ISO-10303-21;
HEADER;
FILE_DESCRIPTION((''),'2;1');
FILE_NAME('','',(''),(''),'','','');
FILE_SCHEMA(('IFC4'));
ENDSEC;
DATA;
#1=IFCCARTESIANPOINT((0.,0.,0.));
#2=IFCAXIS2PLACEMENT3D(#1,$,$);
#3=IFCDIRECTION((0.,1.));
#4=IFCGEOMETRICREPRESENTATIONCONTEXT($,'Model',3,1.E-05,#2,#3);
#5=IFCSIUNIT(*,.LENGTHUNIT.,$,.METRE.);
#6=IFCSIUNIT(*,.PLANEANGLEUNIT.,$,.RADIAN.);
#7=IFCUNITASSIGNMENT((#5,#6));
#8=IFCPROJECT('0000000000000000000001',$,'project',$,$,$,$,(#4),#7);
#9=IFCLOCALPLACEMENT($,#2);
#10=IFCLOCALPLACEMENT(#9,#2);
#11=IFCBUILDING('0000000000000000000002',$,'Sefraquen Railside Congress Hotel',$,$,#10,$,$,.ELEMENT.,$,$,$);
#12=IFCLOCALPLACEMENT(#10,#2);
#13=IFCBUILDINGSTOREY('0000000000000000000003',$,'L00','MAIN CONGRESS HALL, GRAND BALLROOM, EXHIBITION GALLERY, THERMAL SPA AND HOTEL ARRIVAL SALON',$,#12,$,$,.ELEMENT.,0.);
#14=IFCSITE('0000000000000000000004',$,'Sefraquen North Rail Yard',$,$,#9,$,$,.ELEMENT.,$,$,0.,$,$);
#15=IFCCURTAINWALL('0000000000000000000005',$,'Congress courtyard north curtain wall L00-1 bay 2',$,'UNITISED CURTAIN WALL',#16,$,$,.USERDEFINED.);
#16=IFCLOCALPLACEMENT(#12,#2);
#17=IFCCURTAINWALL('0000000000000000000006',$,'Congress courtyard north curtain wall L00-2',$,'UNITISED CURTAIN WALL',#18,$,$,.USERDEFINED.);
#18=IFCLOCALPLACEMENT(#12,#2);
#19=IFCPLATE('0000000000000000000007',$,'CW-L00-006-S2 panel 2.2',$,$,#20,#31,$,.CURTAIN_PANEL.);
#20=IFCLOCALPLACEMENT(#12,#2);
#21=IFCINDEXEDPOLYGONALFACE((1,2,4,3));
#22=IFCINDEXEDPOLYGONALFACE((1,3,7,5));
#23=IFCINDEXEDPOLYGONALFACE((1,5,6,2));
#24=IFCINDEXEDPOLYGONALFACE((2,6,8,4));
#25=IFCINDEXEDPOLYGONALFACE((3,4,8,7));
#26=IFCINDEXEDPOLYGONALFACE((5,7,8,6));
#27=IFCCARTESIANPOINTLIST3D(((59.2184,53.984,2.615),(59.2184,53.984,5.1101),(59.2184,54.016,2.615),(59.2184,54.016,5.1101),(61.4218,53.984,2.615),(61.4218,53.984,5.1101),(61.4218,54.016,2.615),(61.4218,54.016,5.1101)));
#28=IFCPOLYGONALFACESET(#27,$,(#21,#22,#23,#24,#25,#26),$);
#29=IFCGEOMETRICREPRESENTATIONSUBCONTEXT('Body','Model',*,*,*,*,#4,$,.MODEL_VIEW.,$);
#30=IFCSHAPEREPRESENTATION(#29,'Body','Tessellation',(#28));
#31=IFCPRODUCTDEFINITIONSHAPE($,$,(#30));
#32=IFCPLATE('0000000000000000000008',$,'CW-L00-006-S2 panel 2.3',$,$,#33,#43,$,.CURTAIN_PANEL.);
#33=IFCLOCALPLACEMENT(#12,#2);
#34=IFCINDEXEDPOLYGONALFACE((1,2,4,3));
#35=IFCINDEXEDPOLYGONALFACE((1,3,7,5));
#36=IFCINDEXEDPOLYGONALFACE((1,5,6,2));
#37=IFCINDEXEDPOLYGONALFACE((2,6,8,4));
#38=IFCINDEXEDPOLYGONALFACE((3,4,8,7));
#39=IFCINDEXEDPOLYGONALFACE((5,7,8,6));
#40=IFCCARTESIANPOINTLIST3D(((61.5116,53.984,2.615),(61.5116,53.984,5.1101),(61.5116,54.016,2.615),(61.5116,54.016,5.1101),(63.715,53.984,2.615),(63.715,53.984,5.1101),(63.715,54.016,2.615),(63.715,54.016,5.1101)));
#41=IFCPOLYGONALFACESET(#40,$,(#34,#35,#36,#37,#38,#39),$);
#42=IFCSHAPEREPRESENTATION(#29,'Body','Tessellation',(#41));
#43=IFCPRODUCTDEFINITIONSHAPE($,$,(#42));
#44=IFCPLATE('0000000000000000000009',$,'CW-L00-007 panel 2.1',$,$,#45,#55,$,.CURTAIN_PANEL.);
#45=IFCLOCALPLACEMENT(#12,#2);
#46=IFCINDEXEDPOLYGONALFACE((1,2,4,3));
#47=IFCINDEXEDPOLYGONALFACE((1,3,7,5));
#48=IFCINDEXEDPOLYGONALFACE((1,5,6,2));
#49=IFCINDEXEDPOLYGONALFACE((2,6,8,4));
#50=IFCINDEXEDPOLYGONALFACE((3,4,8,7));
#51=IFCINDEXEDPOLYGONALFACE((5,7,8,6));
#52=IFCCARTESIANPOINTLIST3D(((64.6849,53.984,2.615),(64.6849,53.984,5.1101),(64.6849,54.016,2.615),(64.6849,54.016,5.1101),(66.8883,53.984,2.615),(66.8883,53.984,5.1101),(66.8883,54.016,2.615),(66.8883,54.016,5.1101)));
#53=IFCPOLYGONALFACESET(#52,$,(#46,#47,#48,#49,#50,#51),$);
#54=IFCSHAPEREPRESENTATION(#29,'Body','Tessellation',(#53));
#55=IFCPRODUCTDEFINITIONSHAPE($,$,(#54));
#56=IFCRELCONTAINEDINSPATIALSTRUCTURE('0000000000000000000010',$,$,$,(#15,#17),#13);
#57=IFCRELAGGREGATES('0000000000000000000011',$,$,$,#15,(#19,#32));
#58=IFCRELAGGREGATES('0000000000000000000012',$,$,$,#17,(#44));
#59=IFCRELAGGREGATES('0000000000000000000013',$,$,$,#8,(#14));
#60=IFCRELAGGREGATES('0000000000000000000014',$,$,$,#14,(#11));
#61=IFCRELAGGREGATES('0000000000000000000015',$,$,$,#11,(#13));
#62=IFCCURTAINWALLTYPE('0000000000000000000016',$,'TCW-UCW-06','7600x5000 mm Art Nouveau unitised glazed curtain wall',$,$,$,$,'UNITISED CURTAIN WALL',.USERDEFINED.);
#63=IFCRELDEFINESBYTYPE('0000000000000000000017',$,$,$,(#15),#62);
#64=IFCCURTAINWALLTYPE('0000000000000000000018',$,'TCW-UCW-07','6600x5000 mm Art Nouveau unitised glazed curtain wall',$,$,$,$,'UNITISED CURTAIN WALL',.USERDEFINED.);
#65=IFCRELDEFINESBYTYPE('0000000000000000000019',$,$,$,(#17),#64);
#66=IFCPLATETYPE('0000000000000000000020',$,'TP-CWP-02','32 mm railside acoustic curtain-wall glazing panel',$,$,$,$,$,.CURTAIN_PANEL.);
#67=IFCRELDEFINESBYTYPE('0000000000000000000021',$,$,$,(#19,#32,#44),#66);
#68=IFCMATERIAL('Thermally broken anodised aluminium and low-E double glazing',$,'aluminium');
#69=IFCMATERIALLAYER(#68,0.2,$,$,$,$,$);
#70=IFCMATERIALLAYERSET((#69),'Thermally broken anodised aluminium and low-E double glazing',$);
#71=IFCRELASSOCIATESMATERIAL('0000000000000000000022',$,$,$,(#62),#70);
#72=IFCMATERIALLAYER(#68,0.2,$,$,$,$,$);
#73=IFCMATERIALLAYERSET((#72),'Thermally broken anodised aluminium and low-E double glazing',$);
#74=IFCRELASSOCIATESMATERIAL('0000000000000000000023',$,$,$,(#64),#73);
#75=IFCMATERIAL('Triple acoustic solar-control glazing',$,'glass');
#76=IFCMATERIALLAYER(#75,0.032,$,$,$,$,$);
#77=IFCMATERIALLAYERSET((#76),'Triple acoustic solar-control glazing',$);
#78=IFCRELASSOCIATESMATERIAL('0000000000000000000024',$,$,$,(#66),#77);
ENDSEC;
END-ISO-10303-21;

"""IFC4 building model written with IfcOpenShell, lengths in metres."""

from ifc_helpers import new_model, si_unit, direction, frame, origin, origin_2d, place, context, subcontext, project, spatial, rectangle, extrude, material, layer, layer_set, type_object, element, aggregate, save


model = new_model("IFC4")

# Units and contexts
model_context = context("Model", 3, precision=1e-05, world=origin(), true_north=direction((0.0, 1.0)))
body_context = subcontext(model_context, "Body", "Model", "MODEL_VIEW")
ifc_project = project(units=[si_unit("LENGTHUNIT", "METRE"), si_unit("PLANEANGLEUNIT", "RADIAN")], contexts=[model_context])

# Site, building, storey
site_placement = place(None, origin())
site = spatial("IfcSite", under=ifc_project, at=site_placement, Name="Sefraquen North Rail Yard", CompositionType="ELEMENT", RefElevation=0.0)
building_placement = place(site_placement, origin())
building = spatial("IfcBuilding", under=site, at=building_placement, Name="Sefraquen Railside Congress Hotel", CompositionType="ELEMENT")
storey_placement = place(building_placement, origin())
storey = spatial("IfcBuildingStorey", under=building, at=storey_placement, Name="L00", Description="MAIN CONGRESS HALL, GRAND BALLROOM, EXHIBITION GALLERY, THERMAL SPA AND HOTEL ARRIVAL SALON", CompositionType="ELEMENT", Elevation=0.0)

# Curtain wall
ifc_material_1 = material(Name="Thermally broken anodised aluminium and low-E double glazing", Category="aluminium")
ifc_layer_1 = layer(ifc_material_1, 0.2)
ifc_layer_set_1 = layer_set([ifc_layer_1], Name="Thermally broken anodised aluminium and low-E double glazing")
curtain_wall_type_1 = type_object("IfcCurtainWallType", Name="TCW-UCW-06", Description="7600x5000 mm Art Nouveau unitised glazed curtain wall", ElementType="UNITISED CURTAIN WALL", PredefinedType="USERDEFINED", material=ifc_layer_set_1)
curtain_wall_1_placement = place(storey_placement, origin())
curtain_wall_1 = element("IfcCurtainWall", 1, at=curtain_wall_1_placement, inside=storey, type_object=curtain_wall_type_1, Name="Congress courtyard north curtain wall L00-1 bay 2", ObjectType="UNITISED CURTAIN WALL", PredefinedType="USERDEFINED")

# Curtain wall
ifc_layer_2 = layer(ifc_material_1, 0.2)
ifc_layer_set_2 = layer_set([ifc_layer_2], Name="Thermally broken anodised aluminium and low-E double glazing")
curtain_wall_type_2 = type_object("IfcCurtainWallType", Name="TCW-UCW-07", Description="6600x5000 mm Art Nouveau unitised glazed curtain wall", ElementType="UNITISED CURTAIN WALL", PredefinedType="USERDEFINED", material=ifc_layer_set_2)
curtain_wall_2_placement = place(storey_placement, origin())
curtain_wall_2 = element("IfcCurtainWall", 2, at=curtain_wall_2_placement, inside=storey, type_object=curtain_wall_type_2, Name="Congress courtyard north curtain wall L00-2", ObjectType="UNITISED CURTAIN WALL", PredefinedType="USERDEFINED")

# Plates
ifc_material_2 = material(Name="Triple acoustic solar-control glazing", Category="glass")
ifc_layer_3 = layer(ifc_material_2, 0.032)
ifc_layer_set_3 = layer_set([ifc_layer_3], Name="Triple acoustic solar-control glazing")
plate_type_1 = type_object("IfcPlateType", Name="TP-CWP-02", Description="32 mm railside acoustic curtain-wall glazing panel", PredefinedType="CURTAIN_PANEL", material=ifc_layer_set_3)
plate_1_placement = place(storey_placement, frame((60.3201, 54.0, 2.615), z_axis=(0.0, 0.0, 1.0), x_axis=(1.0, 0.0, 0.0)))
plate_1 = element("IfcPlate", 3, at=plate_1_placement, type_object=plate_type_1, Name="CW-L00-006-S2 panel 2.2", PredefinedType="CURTAIN_PANEL", context=body_context, shape_type="SweptSolid", body=[
    extrude(rectangle(XDim=2.2034, YDim=0.032, at=origin_2d()), origin(), (0.0, 0.0, 1.0), 2.4951),
])
plate_2_placement = place(storey_placement, frame((62.6133, 54.0, 2.615), z_axis=(0.0, 0.0, 1.0), x_axis=(1.0, 0.0, 0.0)))
plate_2 = element("IfcPlate", 4, at=plate_2_placement, type_object=plate_type_1, Name="CW-L00-006-S2 panel 2.3", PredefinedType="CURTAIN_PANEL", context=body_context, shape_type="SweptSolid", body=[
    extrude(rectangle(XDim=2.2034, YDim=0.032, at=origin_2d()), origin(), (0.0, 0.0, 1.0), 2.4951),
])
aggregate(curtain_wall_1, [plate_1, plate_2])
plate_3_placement = place(storey_placement, frame((65.7866, 54.0, 2.615), z_axis=(0.0, 0.0, 1.0), x_axis=(1.0, 0.0, 0.0)))
plate_3 = element("IfcPlate", 5, at=plate_3_placement, type_object=plate_type_1, Name="CW-L00-007 panel 2.1", PredefinedType="CURTAIN_PANEL", context=body_context, shape_type="SweptSolid", body=[
    extrude(rectangle(XDim=2.2034, YDim=0.032, at=origin_2d()), origin(), (0.0, 0.0, 1.0), 2.4951),
])
aggregate(curtain_wall_2, [plate_3])

save(model, "model.ifc")
